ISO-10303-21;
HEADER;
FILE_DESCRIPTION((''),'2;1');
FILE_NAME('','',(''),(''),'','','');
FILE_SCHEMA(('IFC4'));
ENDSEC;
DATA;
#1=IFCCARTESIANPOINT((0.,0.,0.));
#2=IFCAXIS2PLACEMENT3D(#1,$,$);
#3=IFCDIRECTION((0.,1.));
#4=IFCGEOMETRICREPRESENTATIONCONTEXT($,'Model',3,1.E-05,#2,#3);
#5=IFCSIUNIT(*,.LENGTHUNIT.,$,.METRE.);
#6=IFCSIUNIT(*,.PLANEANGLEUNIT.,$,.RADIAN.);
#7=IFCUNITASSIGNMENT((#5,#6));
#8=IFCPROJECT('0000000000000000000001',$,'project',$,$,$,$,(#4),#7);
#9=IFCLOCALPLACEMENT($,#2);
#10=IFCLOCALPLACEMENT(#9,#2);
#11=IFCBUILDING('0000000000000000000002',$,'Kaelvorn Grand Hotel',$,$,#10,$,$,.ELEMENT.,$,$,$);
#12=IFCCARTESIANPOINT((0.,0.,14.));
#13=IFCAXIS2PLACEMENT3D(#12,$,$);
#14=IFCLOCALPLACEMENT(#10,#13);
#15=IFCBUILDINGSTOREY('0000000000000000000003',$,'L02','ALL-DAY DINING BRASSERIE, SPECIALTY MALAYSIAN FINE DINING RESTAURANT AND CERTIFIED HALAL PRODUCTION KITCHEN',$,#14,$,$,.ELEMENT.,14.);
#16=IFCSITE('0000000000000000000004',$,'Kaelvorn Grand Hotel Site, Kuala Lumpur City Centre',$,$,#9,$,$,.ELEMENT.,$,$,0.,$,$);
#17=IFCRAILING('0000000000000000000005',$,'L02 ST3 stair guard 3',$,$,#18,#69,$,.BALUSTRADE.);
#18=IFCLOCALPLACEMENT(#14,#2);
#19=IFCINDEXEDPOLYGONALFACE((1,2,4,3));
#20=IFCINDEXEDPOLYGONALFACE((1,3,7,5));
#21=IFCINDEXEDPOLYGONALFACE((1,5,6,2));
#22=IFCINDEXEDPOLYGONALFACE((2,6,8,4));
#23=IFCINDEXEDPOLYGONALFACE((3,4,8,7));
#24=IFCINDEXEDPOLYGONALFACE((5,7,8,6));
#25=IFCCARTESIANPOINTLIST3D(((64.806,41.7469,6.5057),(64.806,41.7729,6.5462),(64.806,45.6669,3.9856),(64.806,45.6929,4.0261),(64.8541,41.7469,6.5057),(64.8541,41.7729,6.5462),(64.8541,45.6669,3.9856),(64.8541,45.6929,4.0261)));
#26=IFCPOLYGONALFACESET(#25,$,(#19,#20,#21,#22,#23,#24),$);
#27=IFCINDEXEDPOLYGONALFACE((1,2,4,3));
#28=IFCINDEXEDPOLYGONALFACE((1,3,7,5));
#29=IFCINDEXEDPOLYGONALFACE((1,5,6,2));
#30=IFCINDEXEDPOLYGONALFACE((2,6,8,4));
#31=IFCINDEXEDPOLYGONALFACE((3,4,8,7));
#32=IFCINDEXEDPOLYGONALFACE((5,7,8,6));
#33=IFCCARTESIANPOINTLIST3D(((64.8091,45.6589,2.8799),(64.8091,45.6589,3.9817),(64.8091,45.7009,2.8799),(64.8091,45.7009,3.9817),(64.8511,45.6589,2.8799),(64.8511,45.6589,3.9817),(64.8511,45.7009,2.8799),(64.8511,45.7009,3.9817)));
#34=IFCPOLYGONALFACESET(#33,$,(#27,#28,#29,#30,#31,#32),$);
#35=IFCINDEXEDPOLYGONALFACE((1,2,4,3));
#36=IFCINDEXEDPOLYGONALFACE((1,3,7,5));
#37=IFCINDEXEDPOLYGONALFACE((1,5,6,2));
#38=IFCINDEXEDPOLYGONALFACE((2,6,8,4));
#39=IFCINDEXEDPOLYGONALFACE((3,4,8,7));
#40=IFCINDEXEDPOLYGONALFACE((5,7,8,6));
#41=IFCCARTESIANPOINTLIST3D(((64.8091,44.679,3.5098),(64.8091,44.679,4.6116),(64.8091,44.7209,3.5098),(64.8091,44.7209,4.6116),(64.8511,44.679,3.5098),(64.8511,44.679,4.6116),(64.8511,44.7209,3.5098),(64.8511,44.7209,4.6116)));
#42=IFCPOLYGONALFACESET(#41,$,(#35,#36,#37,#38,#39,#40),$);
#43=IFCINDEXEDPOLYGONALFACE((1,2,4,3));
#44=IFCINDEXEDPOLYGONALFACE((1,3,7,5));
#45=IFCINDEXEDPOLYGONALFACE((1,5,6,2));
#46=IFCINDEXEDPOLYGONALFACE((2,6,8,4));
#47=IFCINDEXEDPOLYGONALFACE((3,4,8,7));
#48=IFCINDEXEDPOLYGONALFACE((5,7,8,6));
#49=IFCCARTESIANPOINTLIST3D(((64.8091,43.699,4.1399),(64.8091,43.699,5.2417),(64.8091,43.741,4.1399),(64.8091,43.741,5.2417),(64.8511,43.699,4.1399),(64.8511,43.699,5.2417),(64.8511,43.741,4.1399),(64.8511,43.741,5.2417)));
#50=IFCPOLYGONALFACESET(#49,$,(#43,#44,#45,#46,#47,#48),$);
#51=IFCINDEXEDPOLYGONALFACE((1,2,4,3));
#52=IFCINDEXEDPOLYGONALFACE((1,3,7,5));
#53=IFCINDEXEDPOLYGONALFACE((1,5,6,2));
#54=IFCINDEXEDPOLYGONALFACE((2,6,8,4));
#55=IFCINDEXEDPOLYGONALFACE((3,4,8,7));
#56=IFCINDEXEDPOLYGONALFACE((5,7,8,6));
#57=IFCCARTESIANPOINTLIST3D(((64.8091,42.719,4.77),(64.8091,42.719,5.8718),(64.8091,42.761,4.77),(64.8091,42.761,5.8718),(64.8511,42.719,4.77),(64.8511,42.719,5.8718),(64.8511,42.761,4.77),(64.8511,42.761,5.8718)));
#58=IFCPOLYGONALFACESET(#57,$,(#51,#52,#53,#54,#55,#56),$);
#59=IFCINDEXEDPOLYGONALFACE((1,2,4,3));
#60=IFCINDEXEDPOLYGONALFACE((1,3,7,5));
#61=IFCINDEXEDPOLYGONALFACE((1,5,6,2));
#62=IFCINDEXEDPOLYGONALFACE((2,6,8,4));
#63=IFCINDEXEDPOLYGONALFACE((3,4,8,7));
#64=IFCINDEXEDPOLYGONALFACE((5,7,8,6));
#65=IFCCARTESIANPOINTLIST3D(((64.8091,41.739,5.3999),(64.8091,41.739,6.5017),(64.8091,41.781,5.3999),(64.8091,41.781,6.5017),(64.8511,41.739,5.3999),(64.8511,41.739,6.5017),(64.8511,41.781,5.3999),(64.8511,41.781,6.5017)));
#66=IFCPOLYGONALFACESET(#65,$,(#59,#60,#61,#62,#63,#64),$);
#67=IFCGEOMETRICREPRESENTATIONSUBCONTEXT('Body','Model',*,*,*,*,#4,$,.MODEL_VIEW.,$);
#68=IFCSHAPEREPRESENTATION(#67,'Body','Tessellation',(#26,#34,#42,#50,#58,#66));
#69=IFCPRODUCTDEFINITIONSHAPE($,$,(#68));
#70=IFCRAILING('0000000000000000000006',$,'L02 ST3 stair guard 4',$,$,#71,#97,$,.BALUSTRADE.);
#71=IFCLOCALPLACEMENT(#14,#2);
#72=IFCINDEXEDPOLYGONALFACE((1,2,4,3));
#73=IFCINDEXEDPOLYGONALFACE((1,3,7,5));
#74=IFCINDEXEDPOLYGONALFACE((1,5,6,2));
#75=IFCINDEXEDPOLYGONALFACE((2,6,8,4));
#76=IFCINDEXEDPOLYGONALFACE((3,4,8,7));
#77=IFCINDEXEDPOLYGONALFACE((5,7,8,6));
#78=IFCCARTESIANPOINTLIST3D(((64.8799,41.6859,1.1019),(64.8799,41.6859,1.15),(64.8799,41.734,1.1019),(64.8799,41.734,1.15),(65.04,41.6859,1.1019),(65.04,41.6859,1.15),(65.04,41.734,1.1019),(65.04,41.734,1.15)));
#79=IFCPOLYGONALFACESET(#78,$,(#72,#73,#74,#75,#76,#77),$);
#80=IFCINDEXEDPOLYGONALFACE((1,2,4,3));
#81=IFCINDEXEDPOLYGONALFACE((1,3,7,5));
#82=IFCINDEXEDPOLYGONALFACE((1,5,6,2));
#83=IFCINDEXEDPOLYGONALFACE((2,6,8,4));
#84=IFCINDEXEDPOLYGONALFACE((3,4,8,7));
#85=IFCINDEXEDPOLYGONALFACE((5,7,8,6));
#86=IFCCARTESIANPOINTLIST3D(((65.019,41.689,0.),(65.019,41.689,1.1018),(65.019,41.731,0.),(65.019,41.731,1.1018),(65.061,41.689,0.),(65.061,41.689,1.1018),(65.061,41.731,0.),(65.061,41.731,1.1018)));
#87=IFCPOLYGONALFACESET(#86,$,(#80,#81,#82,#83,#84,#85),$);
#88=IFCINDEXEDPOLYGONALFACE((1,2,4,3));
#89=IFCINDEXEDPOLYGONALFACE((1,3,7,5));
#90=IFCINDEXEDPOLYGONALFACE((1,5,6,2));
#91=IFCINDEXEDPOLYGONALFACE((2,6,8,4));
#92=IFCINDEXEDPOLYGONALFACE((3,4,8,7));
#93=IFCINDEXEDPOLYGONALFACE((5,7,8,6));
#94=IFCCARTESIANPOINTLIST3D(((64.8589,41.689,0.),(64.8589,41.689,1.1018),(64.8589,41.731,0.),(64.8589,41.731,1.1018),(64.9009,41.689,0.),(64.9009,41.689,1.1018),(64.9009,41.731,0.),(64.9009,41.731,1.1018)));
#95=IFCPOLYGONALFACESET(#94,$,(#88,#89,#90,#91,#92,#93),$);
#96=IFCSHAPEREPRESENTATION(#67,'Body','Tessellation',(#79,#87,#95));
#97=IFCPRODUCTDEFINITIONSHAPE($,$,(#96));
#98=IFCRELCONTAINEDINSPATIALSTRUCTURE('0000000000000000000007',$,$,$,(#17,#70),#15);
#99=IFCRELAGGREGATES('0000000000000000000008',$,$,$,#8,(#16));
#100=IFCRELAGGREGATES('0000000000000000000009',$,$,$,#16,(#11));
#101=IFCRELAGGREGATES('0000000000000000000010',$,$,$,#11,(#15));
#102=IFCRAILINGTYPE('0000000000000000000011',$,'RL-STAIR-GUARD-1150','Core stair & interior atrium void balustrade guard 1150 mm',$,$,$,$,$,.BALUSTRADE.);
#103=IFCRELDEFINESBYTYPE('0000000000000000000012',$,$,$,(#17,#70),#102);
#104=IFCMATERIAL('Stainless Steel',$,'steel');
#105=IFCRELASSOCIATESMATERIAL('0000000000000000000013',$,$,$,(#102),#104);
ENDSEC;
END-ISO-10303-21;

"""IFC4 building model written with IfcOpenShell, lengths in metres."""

from ifc_helpers import new_model, si_unit, direction, frame, origin, origin_2d, place, context, subcontext, project, spatial, rectangle, extrude, material, type_object, element, save


model = new_model("IFC4")

# Units and contexts
model_context = context("Model", 3, precision=1e-05, world=origin(), true_north=direction((0.0, 1.0)))
body_context = subcontext(model_context, "Body", "Model", "MODEL_VIEW")
ifc_project = project(units=[si_unit("LENGTHUNIT", "METRE"), si_unit("PLANEANGLEUNIT", "RADIAN")], contexts=[model_context])

# Site, building, storey
site_placement = place(None, origin())
site = spatial("IfcSite", under=ifc_project, at=site_placement, Name="Kaelvorn Grand Hotel Site, Kuala Lumpur City Centre", CompositionType="ELEMENT", RefElevation=0.0)
building_placement = place(site_placement, origin())
building = spatial("IfcBuilding", under=site, at=building_placement, Name="Kaelvorn Grand Hotel", CompositionType="ELEMENT")
storey_placement = place(building_placement, frame((0.0, 0.0, 14.0)))
storey = spatial("IfcBuildingStorey", under=building, at=storey_placement, Name="L02", Description="ALL-DAY DINING BRASSERIE, SPECIALTY MALAYSIAN FINE DINING RESTAURANT AND CERTIFIED HALAL PRODUCTION KITCHEN", CompositionType="ELEMENT", Elevation=14.0)

# Railings
ifc_material_1 = material(Name="Stainless Steel", Category="steel")
railing_type_1 = type_object("IfcRailingType", Name="RL-STAIR-GUARD-1150", Description="Core stair & interior atrium void balustrade guard 1150 mm", PredefinedType="BALUSTRADE", material=ifc_material_1)
railing_1_placement = place(storey_placement, frame((64.8301, 45.6799, 2.8799)))
element("IfcRailing", 1, at=railing_1_placement, inside=storey, type_object=railing_type_1, Name="L02 ST3 stair guard 3", PredefinedType="BALUSTRADE", context=body_context, shape_type="SweptSolid", body=[
    extrude(rectangle(XDim=0.0481, YDim=0.0481, at=origin_2d()), frame((0.0, 0.0, 1.126), z_axis=(0.0, -0.841172, 0.540768), x_axis=(1.0, 0.0, 0.0)), (0.0, 0.0, 1.0), 4.6602),
    extrude(rectangle(XDim=0.042, YDim=0.042, at=origin_2d()), origin(), (0.0, 0.0, 1.0), 1.1018),
    extrude(rectangle(XDim=0.042, YDim=0.042, at=origin_2d()), frame((0.0, -0.98, 0.6299)), (0.0, 0.0, 1.0), 1.1018),
    extrude(rectangle(XDim=0.042, YDim=0.042, at=origin_2d()), frame((0.0, -1.96, 1.26)), (0.0, 0.0, 1.0), 1.1018),
    extrude(rectangle(XDim=0.042, YDim=0.042, at=origin_2d()), frame((0.0, -2.9399, 1.8901)), (0.0, 0.0, 1.0), 1.1018),
    extrude(rectangle(XDim=0.042, YDim=0.042, at=origin_2d()), frame((0.0, -3.9199, 2.52)), (0.0, 0.0, 1.0), 1.1018),
])
railing_2_placement = place(storey_placement, frame((65.04, 41.71, 0.0)))
element("IfcRailing", 2, at=railing_2_placement, inside=storey, type_object=railing_type_1, Name="L02 ST3 stair guard 4", PredefinedType="BALUSTRADE", context=body_context, shape_type="SweptSolid", body=[
    extrude(rectangle(XDim=0.0481, YDim=0.0481, at=origin_2d()), frame((0.0, 0.0, 1.126), z_axis=(-1.0, 0.0, 0.0), x_axis=(0.0, -1.0, 0.0)), (0.0, 0.0, 1.0), 0.1602),
    extrude(rectangle(XDim=0.042, YDim=0.042, at=origin_2d()), origin(), (0.0, 0.0, 1.0), 1.1018),
    extrude(rectangle(XDim=0.042, YDim=0.042, at=origin_2d()), frame((-0.1602, 0.0, 0.0)), (0.0, 0.0, 1.0), 1.1018),
])

save(model, "model.ifc")
